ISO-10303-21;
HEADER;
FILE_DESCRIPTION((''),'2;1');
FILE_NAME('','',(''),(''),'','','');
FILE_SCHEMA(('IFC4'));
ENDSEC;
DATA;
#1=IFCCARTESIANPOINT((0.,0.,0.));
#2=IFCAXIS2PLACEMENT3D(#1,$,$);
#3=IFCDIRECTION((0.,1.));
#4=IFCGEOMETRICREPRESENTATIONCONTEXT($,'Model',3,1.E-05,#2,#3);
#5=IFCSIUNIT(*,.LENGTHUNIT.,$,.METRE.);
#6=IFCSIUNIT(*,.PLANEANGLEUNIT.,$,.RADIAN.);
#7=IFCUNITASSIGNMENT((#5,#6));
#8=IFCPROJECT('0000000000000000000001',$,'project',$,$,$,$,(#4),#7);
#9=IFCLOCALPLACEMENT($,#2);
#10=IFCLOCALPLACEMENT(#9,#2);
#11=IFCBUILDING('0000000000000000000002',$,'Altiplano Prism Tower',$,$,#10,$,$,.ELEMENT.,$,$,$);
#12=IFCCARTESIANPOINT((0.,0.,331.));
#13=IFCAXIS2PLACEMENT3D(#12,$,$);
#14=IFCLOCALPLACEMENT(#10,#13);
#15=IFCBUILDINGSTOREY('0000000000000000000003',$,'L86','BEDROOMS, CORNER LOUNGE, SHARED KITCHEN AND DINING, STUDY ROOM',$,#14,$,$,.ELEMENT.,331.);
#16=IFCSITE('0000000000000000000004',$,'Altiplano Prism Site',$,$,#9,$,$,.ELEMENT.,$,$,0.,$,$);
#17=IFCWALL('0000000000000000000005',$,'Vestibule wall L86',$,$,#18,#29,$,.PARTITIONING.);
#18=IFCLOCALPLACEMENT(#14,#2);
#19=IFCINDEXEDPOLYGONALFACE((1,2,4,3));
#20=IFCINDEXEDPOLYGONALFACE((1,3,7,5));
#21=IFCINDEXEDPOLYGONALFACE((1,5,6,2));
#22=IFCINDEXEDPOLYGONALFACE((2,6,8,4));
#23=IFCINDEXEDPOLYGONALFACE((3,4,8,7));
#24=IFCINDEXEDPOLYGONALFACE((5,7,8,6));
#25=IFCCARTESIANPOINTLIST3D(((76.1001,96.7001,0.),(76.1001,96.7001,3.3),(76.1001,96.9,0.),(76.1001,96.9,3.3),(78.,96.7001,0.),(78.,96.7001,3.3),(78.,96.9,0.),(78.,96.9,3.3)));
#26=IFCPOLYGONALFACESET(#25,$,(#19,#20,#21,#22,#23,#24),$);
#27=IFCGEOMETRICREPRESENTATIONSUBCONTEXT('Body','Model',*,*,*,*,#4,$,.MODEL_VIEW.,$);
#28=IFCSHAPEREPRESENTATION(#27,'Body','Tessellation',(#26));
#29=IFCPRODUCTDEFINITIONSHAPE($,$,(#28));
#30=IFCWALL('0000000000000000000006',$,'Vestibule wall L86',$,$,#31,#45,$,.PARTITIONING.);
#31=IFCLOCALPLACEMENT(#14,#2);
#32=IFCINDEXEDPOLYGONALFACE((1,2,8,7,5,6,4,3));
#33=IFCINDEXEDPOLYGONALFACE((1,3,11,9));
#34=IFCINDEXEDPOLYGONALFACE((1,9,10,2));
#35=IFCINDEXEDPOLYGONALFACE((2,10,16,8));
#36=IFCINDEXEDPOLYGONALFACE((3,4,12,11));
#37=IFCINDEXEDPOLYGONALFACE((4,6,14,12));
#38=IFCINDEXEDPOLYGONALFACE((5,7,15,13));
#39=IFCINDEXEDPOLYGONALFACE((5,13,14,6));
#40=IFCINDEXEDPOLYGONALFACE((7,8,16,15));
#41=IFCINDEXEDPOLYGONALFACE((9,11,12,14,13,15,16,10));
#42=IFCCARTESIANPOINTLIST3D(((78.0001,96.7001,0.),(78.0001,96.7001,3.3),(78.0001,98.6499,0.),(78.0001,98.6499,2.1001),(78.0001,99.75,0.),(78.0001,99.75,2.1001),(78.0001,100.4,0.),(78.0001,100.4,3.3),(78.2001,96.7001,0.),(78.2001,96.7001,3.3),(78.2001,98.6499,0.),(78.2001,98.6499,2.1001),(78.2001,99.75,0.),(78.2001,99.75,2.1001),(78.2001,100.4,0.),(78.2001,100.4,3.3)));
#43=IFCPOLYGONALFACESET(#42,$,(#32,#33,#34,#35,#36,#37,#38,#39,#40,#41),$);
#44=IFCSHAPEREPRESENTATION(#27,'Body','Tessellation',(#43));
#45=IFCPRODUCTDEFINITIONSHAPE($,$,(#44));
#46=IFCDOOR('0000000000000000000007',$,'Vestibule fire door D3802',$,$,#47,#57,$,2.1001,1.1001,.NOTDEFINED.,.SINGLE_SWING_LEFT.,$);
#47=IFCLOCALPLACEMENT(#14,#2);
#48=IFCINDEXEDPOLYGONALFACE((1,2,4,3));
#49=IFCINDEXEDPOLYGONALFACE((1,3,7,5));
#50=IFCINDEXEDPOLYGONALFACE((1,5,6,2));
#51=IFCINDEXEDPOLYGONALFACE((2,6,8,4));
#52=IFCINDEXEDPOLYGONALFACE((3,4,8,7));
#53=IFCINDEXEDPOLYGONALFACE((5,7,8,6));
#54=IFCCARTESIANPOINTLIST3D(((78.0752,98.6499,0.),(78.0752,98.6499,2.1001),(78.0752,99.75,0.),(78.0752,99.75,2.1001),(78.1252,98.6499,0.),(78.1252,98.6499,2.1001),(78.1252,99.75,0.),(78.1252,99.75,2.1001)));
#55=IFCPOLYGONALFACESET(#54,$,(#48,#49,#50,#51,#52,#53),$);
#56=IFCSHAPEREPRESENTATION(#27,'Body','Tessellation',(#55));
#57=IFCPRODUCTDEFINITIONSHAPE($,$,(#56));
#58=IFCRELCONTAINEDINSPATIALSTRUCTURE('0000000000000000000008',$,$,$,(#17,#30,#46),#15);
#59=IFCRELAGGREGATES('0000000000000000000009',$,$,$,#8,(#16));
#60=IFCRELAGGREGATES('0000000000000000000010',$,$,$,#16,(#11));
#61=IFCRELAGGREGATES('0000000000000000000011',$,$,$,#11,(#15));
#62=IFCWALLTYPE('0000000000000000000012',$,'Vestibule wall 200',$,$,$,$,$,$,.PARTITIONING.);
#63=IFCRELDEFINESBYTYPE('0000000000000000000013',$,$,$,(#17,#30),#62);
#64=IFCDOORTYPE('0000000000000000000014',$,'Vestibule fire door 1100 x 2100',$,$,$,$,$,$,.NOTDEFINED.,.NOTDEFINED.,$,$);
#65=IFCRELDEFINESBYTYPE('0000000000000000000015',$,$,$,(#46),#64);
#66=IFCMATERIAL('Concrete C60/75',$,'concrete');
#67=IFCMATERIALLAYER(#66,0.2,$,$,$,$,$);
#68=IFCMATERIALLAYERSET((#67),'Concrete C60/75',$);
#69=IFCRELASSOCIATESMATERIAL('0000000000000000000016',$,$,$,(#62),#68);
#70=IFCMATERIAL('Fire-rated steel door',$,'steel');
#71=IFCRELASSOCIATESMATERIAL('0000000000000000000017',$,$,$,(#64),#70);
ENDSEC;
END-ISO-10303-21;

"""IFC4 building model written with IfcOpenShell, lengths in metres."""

from ifc_helpers import new_model, si_unit, direction, frame, frame_2d, origin, place, context, subcontext, project, spatial, rectangle, extrude, material, layer, layer_set, type_object, element, fill, save


model = new_model("IFC4")

# Units and contexts
model_context = context("Model", 3, precision=1e-05, world=origin(), true_north=direction((0.0, 1.0)))
body_context = subcontext(model_context, "Body", "Model", "MODEL_VIEW")
ifc_project = project(units=[si_unit("LENGTHUNIT", "METRE"), si_unit("PLANEANGLEUNIT", "RADIAN")], contexts=[model_context])

# Site, building, storey
site_placement = place(None, origin())
site = spatial("IfcSite", under=ifc_project, at=site_placement, Name="Altiplano Prism Site", CompositionType="ELEMENT", RefElevation=0.0)
building_placement = place(site_placement, origin())
building = spatial("IfcBuilding", under=site, at=building_placement, Name="Altiplano Prism Tower", CompositionType="ELEMENT")
storey_placement = place(building_placement, frame((0.0, 0.0, 331.0)))
storey = spatial("IfcBuildingStorey", under=building, at=storey_placement, Name="L86", Description="BEDROOMS, CORNER LOUNGE, SHARED KITCHEN AND DINING, STUDY ROOM", CompositionType="ELEMENT", Elevation=331.0)

# Shared definitions
ifc_material_1 = material(Name="Concrete C60/75", Category="concrete")
ifc_material_2 = material(Name="Fire-rated steel door", Category="steel")

# Shared definitions
ifc_layer_1 = layer(ifc_material_1, 0.2)
ifc_layer_set_1 = layer_set([ifc_layer_1], Name="Concrete C60/75")
wall_type_1 = type_object("IfcWallType", Name="Vestibule wall 200", PredefinedType="PARTITIONING", material=ifc_layer_set_1)

# Wall
wall_1_placement = place(storey_placement, frame((76.1001, 96.8, 0.0), z_axis=(0.0, 0.0, 1.0), x_axis=(1.0, 0.0, 0.0)))
element("IfcWall", 1, at=wall_1_placement, inside=storey, type_object=wall_type_1, Name="Vestibule wall L86", PredefinedType="PARTITIONING", context=body_context, shape_type="SweptSolid", body=[
    extrude(rectangle(XDim=1.8999, YDim=0.2, at=frame_2d((0.95, 0.0))), origin(), (0.0, 0.0, 1.0), 3.3),
])

# Wall, opening, door
wall_2_placement = place(storey_placement, frame((78.1001, 96.7, 0.0), z_axis=(0.0, 0.0, 1.0), x_axis=(0.0, 1.0, 0.0)))
wall_2 = element("IfcWall", 2, at=wall_2_placement, inside=storey, type_object=wall_type_1, Name="Vestibule wall L86", PredefinedType="PARTITIONING", context=body_context, shape_type="SweptSolid", body=[
    extrude(rectangle(XDim=3.7, YDim=0.2, at=frame_2d((1.8501, 0.0))), origin(), (0.0, 0.0, 1.0), 3.3),
])
opening_1_placement = place(wall_2_placement, frame((1.95, 0.0, 0.0)))
opening_1 = element("IfcOpeningElement", 3, at=opening_1_placement, cuts=wall_2, PredefinedType="OPENING", context=body_context, shape_type="SweptSolid", body=[
    extrude(rectangle(XDim=1.1001, YDim=2.1001, at=frame_2d((0.55, 1.05))), frame((0.0, 0.1104, 0.0), z_axis=(0.0, -1.0, 0.0), x_axis=(1.0, 0.0, 0.0)), (0.0, 0.0, 1.0), 0.2209),
])
door_type_1 = type_object("IfcDoorType", Name="Vestibule fire door 1100 x 2100", OperationType="NOTDEFINED", PredefinedType="NOTDEFINED", material=ifc_material_2)
door_1_placement = place(opening_1_placement, origin())
door_1 = element("IfcDoor", 4, at=door_1_placement, inside=storey, type_object=door_type_1, Name="Vestibule fire door D3802", OperationType="SINGLE_SWING_LEFT", OverallHeight=2.1001, OverallWidth=1.1001, PredefinedType="NOTDEFINED", context=body_context, shape_type="SweptSolid", body=[
    extrude(rectangle(XDim=1.1001, YDim=2.1001, at=frame_2d((0.55, 1.05))), frame((0.0, 0.0249, 0.0), z_axis=(0.0, -1.0, 0.0), x_axis=(1.0, 0.0, 0.0)), (0.0, 0.0, 1.0), 0.05),
])
fill(opening_1, door_1)

save(model, "model.ifc")
